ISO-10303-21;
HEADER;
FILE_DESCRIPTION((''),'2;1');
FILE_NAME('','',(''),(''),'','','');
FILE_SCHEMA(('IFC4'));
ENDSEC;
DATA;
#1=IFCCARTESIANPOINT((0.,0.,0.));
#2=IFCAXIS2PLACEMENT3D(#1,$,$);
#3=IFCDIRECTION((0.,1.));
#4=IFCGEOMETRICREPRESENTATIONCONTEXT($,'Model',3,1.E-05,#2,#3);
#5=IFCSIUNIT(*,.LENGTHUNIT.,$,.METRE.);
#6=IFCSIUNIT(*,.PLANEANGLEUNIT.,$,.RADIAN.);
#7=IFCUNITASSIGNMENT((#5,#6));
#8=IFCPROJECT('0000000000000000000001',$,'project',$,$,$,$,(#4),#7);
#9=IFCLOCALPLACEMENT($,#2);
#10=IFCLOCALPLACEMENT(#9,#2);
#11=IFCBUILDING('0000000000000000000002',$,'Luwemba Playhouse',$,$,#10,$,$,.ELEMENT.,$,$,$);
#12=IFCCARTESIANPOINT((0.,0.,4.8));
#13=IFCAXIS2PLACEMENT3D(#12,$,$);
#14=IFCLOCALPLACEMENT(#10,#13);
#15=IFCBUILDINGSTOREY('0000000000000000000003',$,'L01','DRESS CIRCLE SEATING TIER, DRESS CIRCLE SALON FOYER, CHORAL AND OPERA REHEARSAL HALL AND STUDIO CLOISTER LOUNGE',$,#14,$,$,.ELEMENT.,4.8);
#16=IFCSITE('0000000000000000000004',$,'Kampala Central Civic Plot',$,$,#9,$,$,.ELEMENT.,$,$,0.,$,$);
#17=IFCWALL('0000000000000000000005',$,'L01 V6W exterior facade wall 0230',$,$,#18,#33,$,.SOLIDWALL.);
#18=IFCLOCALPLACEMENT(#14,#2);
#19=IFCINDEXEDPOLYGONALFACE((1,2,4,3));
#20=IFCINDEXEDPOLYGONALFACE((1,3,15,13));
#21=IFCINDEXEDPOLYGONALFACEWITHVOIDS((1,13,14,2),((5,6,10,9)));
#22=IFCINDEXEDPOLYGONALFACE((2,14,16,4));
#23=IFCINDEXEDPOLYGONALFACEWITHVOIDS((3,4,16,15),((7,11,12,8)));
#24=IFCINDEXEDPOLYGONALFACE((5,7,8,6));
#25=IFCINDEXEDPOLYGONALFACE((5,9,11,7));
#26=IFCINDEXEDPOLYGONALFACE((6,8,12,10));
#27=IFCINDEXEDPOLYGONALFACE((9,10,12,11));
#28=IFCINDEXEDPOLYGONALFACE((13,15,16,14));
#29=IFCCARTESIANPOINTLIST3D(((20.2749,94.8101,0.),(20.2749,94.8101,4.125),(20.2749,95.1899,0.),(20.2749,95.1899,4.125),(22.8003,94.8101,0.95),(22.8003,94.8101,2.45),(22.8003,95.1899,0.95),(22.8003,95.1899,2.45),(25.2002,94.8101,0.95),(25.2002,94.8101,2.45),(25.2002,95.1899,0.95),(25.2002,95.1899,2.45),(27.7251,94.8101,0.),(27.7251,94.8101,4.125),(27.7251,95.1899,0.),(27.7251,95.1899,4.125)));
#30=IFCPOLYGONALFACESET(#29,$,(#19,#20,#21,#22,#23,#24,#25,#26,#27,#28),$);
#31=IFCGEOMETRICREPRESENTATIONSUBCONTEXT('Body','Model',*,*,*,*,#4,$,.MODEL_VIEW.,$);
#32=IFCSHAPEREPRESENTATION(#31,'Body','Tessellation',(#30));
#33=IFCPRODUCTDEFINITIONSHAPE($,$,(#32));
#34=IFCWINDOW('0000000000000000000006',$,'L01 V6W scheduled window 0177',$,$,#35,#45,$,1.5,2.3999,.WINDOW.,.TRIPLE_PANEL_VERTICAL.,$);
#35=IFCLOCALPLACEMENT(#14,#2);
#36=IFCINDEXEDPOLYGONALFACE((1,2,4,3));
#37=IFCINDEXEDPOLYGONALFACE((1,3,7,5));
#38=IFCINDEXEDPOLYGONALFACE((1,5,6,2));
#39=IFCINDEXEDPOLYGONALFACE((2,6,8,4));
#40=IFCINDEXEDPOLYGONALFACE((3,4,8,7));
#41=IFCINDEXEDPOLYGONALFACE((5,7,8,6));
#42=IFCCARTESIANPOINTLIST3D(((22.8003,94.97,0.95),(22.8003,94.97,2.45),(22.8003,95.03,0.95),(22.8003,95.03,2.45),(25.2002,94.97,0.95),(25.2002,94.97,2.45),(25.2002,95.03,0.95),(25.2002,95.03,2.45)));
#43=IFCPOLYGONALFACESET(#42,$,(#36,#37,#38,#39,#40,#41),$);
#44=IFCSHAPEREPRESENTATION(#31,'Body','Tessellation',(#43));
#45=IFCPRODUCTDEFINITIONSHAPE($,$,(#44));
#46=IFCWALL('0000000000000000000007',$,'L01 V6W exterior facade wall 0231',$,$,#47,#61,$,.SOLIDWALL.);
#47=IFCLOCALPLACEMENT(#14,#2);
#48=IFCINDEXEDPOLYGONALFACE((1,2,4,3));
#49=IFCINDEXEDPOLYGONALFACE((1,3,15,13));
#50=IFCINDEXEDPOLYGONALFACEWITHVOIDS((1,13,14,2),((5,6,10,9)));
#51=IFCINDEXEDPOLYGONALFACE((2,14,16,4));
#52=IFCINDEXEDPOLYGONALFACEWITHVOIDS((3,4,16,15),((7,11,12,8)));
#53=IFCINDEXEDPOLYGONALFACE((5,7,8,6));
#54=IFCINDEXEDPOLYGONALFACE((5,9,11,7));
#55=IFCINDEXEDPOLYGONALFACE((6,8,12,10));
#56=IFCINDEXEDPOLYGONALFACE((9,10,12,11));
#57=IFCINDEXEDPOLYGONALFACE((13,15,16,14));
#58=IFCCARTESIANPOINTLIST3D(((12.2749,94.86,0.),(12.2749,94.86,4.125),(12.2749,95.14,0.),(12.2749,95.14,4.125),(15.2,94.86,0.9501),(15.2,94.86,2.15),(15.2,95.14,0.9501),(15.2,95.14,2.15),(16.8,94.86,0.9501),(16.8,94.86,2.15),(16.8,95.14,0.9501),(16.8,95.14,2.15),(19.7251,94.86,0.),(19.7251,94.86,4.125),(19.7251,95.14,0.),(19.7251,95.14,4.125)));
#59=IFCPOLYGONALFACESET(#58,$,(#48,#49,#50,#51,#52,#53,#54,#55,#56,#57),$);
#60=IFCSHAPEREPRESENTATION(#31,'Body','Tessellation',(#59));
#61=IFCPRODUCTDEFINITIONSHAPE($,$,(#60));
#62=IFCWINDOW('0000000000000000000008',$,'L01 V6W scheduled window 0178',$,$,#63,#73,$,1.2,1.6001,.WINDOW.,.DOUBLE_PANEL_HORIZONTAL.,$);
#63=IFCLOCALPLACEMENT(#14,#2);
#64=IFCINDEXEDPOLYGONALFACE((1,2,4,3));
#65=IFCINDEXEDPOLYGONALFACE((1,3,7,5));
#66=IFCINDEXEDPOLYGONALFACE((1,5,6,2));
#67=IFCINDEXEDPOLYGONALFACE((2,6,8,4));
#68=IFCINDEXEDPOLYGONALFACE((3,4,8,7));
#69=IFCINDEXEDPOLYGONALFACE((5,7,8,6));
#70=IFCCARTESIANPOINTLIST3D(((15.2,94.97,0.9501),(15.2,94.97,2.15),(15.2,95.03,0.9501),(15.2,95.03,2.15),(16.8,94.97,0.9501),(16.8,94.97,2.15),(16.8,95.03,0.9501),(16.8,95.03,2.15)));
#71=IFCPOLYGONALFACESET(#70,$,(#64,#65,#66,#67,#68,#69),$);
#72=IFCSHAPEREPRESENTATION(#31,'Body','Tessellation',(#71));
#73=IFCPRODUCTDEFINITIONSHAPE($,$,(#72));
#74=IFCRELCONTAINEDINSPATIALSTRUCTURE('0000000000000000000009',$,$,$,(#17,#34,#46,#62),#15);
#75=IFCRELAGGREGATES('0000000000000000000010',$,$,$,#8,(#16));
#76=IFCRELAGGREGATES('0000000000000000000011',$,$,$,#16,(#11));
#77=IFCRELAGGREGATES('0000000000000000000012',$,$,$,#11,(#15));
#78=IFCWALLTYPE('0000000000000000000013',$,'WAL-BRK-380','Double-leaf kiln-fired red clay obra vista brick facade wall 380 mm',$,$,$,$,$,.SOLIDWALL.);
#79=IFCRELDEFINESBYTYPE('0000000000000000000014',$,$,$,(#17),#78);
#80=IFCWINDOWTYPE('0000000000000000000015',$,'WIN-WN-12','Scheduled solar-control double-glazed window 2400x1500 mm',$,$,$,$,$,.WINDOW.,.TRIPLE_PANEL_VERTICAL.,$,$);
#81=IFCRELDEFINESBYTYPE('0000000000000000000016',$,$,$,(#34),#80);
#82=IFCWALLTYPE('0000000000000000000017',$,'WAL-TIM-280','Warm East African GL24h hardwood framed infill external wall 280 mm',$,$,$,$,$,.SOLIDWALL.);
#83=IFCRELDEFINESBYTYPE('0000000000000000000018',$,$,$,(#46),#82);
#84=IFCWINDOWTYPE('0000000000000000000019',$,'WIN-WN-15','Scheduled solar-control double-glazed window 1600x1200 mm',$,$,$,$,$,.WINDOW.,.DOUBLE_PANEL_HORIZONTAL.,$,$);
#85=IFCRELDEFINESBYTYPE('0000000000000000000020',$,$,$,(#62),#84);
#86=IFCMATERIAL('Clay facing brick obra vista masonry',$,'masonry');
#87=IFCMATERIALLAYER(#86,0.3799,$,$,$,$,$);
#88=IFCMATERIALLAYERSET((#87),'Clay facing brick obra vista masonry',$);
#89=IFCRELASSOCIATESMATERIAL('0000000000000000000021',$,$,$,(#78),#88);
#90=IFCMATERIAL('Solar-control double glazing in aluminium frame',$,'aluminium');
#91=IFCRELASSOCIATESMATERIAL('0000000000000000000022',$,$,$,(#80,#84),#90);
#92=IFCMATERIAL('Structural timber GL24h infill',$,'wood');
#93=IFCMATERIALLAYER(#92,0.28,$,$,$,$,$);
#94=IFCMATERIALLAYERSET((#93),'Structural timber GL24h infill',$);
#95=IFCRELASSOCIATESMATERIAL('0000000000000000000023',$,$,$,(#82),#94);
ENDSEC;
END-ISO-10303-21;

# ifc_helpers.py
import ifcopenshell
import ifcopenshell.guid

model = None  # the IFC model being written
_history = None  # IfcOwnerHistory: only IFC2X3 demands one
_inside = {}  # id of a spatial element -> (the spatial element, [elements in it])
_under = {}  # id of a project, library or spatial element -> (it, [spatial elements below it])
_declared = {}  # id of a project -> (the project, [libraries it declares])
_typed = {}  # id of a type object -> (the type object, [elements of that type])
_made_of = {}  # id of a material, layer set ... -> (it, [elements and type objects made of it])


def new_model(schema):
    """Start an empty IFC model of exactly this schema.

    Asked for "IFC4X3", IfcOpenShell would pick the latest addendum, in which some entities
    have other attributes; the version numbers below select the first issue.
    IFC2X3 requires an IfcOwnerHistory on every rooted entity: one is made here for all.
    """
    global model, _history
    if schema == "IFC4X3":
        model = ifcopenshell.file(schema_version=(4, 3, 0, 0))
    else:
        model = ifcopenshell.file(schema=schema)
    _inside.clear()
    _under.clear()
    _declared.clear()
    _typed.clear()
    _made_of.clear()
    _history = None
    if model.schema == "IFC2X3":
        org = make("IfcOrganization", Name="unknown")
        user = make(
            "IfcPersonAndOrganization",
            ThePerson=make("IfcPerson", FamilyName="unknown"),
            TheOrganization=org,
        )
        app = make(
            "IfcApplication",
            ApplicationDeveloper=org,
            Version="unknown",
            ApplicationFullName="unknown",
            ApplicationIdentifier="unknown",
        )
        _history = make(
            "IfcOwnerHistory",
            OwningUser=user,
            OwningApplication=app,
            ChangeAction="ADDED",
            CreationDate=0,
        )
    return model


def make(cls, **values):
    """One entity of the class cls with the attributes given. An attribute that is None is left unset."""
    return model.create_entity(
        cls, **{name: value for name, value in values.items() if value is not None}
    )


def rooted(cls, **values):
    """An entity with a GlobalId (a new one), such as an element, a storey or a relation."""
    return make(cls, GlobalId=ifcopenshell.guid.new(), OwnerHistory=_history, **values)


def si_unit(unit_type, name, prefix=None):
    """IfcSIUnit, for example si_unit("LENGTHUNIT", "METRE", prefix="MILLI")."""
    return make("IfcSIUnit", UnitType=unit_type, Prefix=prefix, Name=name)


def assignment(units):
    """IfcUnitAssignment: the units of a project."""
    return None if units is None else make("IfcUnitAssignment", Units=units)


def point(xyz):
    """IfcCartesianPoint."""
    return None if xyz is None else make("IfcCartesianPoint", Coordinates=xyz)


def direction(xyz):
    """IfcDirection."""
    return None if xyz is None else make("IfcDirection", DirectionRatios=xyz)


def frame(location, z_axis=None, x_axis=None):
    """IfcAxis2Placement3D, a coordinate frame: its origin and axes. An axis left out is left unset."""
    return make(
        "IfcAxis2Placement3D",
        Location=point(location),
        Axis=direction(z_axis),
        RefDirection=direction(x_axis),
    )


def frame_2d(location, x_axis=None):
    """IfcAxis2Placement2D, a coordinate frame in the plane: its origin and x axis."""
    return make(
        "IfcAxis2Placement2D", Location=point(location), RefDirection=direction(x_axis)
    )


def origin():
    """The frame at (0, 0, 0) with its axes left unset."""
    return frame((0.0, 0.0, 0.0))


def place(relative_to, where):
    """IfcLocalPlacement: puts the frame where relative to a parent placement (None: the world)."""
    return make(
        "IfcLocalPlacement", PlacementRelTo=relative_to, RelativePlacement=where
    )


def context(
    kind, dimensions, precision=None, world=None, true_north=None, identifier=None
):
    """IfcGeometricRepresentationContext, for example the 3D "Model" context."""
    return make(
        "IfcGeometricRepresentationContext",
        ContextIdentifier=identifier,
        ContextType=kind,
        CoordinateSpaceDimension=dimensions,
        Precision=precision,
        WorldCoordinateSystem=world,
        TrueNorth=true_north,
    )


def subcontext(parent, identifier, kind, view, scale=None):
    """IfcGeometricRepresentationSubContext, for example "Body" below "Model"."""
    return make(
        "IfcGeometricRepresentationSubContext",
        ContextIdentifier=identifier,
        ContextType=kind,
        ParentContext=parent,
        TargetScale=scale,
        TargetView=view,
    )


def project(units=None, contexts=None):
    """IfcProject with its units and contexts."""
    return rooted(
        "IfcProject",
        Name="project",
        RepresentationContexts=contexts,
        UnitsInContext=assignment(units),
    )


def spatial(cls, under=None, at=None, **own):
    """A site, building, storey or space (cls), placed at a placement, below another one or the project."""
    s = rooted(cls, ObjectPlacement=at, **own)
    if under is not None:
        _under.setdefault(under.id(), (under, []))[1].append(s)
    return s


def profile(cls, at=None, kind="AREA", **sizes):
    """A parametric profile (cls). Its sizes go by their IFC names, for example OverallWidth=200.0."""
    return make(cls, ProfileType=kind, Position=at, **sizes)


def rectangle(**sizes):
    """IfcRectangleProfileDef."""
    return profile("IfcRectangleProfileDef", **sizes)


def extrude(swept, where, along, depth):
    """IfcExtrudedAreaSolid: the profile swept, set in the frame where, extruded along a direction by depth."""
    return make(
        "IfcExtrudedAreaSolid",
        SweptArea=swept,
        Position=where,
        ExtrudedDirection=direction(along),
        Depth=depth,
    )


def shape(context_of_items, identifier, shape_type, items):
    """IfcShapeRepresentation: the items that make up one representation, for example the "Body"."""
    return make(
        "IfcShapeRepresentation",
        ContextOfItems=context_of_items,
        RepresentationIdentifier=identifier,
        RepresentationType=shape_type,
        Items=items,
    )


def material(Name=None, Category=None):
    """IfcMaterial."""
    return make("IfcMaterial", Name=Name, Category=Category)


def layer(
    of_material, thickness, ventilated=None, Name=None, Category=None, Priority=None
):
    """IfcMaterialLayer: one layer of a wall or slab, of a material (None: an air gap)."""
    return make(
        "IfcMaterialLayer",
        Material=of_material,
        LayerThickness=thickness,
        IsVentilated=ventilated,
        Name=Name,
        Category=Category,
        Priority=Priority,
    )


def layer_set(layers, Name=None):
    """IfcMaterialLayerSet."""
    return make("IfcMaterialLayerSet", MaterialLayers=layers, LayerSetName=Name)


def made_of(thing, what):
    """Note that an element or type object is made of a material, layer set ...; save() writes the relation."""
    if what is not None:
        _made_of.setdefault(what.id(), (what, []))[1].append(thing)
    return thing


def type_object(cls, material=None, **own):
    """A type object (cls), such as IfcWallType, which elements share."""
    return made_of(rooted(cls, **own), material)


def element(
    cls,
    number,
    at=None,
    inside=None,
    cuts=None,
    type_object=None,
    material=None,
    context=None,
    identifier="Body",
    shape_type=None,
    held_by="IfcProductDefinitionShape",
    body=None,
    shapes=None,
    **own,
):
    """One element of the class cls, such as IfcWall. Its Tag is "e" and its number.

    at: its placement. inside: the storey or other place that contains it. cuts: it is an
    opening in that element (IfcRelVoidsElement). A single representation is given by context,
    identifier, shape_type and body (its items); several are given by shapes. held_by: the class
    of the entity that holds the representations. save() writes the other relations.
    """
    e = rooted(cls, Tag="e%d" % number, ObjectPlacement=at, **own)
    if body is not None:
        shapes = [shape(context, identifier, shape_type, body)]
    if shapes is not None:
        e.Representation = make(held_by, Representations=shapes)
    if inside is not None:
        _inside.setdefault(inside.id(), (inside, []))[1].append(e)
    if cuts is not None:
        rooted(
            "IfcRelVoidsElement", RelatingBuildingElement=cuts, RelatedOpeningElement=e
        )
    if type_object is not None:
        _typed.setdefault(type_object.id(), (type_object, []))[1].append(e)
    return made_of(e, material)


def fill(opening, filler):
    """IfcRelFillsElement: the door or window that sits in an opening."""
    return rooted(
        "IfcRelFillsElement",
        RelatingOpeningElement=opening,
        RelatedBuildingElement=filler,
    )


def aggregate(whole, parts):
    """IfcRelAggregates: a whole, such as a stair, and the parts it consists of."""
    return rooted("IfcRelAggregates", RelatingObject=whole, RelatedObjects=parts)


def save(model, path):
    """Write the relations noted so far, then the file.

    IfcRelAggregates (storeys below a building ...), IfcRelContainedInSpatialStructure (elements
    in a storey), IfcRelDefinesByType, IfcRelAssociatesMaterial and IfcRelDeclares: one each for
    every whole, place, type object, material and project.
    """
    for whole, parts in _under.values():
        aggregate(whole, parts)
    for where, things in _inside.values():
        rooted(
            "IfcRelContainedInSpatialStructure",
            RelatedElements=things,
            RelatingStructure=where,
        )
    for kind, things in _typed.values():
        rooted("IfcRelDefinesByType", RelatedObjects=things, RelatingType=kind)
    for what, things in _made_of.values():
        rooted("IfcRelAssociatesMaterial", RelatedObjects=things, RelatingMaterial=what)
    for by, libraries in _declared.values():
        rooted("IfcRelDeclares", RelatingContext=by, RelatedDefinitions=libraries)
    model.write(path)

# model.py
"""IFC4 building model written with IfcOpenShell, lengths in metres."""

from ifc_helpers import new_model, si_unit, direction, frame, frame_2d, origin, place, context, subcontext, project, spatial, rectangle, extrude, material, layer, layer_set, type_object, element, fill, save


model = new_model("IFC4")

# Units and contexts
model_context = context("Model", 3, precision=1e-05, world=origin(), true_north=direction((0.0, 1.0)))
body_context = subcontext(model_context, "Body", "Model", "MODEL_VIEW")
ifc_project = project(units=[si_unit("LENGTHUNIT", "METRE"), si_unit("PLANEANGLEUNIT", "RADIAN")], contexts=[model_context])

# Site, building, storey
site_placement = place(None, origin())
site = spatial("IfcSite", under=ifc_project, at=site_placement, Name="Kampala Central Civic Plot", CompositionType="ELEMENT", RefElevation=0.0)
building_placement = place(site_placement, origin())
building = spatial("IfcBuilding", under=site, at=building_placement, Name="Luwemba Playhouse", CompositionType="ELEMENT")
storey_placement = place(building_placement, frame((0.0, 0.0, 4.8)))
storey = spatial("IfcBuildingStorey", under=building, at=storey_placement, Name="L01", Description="DRESS CIRCLE SEATING TIER, DRESS CIRCLE SALON FOYER, CHORAL AND OPERA REHEARSAL HALL AND STUDIO CLOISTER LOUNGE", CompositionType="ELEMENT", Elevation=4.8)

# Walls, openings, windows
ifc_material_1 = material(Name="Clay facing brick obra vista masonry", Category="masonry")
ifc_layer_1 = layer(ifc_material_1, 0.3799)
ifc_layer_set_1 = layer_set([ifc_layer_1], Name="Clay facing brick obra vista masonry")
wall_type_1 = type_object("IfcWallType", Name="WAL-BRK-380", Description="Double-leaf kiln-fired red clay obra vista brick facade wall 380 mm", PredefinedType="SOLIDWALL", material=ifc_layer_set_1)
wall_1_placement = place(storey_placement, frame((27.7251, 95.0, 0.0), z_axis=(0.0, 0.0, 1.0), x_axis=(-1.0, 0.0, 0.0)))
wall_1 = element("IfcWall", 1, at=wall_1_placement, inside=storey, type_object=wall_type_1, Name="L01 V6W exterior facade wall 0230", PredefinedType="SOLIDWALL", context=body_context, shape_type="SweptSolid", body=[
    extrude(rectangle(XDim=7.4502, YDim=0.3799, at=frame_2d((3.7251, 0.0))), origin(), (0.0, 0.0, 1.0), 4.125),
])
opening_1_placement = place(wall_1_placement, frame((2.5249, 0.0, 0.95)))
opening_1 = element("IfcOpeningElement", 2, at=opening_1_placement, cuts=wall_1, PredefinedType="OPENING", context=body_context, shape_type="SweptSolid", body=[
    extrude(rectangle(XDim=2.3999, YDim=1.5, at=frame_2d((1.2, 0.75))), frame((0.0, 0.2, 0.0), z_axis=(0.0, -1.0, 0.0), x_axis=(1.0, 0.0, 0.0)), (0.0, 0.0, 1.0), 0.3999),
])
ifc_material_2 = material(Name="Solar-control double glazing in aluminium frame", Category="aluminium")
window_type_1 = type_object("IfcWindowType", Name="WIN-WN-12", Description="Scheduled solar-control double-glazed window 2400x1500 mm", PartitioningType="TRIPLE_PANEL_VERTICAL", PredefinedType="WINDOW", material=ifc_material_2)
window_1_placement = place(opening_1_placement, origin())
window_1 = element("IfcWindow", 3, at=window_1_placement, inside=storey, type_object=window_type_1, Name="L01 V6W scheduled window 0177", OverallHeight=1.5, OverallWidth=2.3999, PartitioningType="TRIPLE_PANEL_VERTICAL", PredefinedType="WINDOW", context=body_context, shape_type="SweptSolid", body=[
    extrude(rectangle(XDim=2.3999, YDim=1.5, at=frame_2d((1.2, 0.75))), frame((0.0, 0.03, 0.0), z_axis=(0.0, -1.0, 0.0), x_axis=(1.0, 0.0, 0.0)), (0.0, 0.0, 1.0), 0.0601),
])
fill(opening_1, window_1)
ifc_material_3 = material(Name="Structural timber GL24h infill", Category="wood")
ifc_layer_2 = layer(ifc_material_3, 0.28)
ifc_layer_set_2 = layer_set([ifc_layer_2], Name="Structural timber GL24h infill")
wall_type_2 = type_object("IfcWallType", Name="WAL-TIM-280", Description="Warm East African GL24h hardwood framed infill external wall 280 mm", PredefinedType="SOLIDWALL", material=ifc_layer_set_2)
wall_2_placement = place(storey_placement, frame((19.7251, 95.0, 0.0), z_axis=(0.0, 0.0, 1.0), x_axis=(-1.0, 0.0, 0.0)))
wall_2 = element("IfcWall", 4, at=wall_2_placement, inside=storey, type_object=wall_type_2, Name="L01 V6W exterior facade wall 0231", PredefinedType="SOLIDWALL", context=body_context, shape_type="SweptSolid", body=[
    extrude(rectangle(XDim=7.4502, YDim=0.28, at=frame_2d((3.7251, 0.0))), origin(), (0.0, 0.0, 1.0), 4.125),
])
opening_2_placement = place(wall_2_placement, frame((2.925, 0.0, 0.95)))
opening_2 = element("IfcOpeningElement", 5, at=opening_2_placement, cuts=wall_2, PredefinedType="OPENING", context=body_context, shape_type="SweptSolid", body=[
    extrude(rectangle(XDim=1.6001, YDim=1.2, at=frame_2d((0.8, 0.6001))), frame((0.0, 0.1499, 0.0), z_axis=(0.0, -1.0, 0.0), x_axis=(1.0, 0.0, 0.0)), (0.0, 0.0, 1.0), 0.3),
])
window_type_2 = type_object("IfcWindowType", Name="WIN-WN-15", Description="Scheduled solar-control double-glazed window 1600x1200 mm", PartitioningType="DOUBLE_PANEL_HORIZONTAL", PredefinedType="WINDOW", material=ifc_material_2)
window_2_placement = place(opening_2_placement, origin())
window_2 = element("IfcWindow", 6, at=window_2_placement, inside=storey, type_object=window_type_2, Name="L01 V6W scheduled window 0178", OverallHeight=1.2, OverallWidth=1.6001, PartitioningType="DOUBLE_PANEL_HORIZONTAL", PredefinedType="WINDOW", context=body_context, shape_type="SweptSolid", body=[
    extrude(rectangle(XDim=1.6001, YDim=1.2, at=frame_2d((0.8, 0.6001))), frame((0.0, 0.03, 0.0), z_axis=(0.0, -1.0, 0.0), x_axis=(1.0, 0.0, 0.0)), (0.0, 0.0, 1.0), 0.0601),
])
fill(opening_2, window_2)

save(model, "model.ifc")
